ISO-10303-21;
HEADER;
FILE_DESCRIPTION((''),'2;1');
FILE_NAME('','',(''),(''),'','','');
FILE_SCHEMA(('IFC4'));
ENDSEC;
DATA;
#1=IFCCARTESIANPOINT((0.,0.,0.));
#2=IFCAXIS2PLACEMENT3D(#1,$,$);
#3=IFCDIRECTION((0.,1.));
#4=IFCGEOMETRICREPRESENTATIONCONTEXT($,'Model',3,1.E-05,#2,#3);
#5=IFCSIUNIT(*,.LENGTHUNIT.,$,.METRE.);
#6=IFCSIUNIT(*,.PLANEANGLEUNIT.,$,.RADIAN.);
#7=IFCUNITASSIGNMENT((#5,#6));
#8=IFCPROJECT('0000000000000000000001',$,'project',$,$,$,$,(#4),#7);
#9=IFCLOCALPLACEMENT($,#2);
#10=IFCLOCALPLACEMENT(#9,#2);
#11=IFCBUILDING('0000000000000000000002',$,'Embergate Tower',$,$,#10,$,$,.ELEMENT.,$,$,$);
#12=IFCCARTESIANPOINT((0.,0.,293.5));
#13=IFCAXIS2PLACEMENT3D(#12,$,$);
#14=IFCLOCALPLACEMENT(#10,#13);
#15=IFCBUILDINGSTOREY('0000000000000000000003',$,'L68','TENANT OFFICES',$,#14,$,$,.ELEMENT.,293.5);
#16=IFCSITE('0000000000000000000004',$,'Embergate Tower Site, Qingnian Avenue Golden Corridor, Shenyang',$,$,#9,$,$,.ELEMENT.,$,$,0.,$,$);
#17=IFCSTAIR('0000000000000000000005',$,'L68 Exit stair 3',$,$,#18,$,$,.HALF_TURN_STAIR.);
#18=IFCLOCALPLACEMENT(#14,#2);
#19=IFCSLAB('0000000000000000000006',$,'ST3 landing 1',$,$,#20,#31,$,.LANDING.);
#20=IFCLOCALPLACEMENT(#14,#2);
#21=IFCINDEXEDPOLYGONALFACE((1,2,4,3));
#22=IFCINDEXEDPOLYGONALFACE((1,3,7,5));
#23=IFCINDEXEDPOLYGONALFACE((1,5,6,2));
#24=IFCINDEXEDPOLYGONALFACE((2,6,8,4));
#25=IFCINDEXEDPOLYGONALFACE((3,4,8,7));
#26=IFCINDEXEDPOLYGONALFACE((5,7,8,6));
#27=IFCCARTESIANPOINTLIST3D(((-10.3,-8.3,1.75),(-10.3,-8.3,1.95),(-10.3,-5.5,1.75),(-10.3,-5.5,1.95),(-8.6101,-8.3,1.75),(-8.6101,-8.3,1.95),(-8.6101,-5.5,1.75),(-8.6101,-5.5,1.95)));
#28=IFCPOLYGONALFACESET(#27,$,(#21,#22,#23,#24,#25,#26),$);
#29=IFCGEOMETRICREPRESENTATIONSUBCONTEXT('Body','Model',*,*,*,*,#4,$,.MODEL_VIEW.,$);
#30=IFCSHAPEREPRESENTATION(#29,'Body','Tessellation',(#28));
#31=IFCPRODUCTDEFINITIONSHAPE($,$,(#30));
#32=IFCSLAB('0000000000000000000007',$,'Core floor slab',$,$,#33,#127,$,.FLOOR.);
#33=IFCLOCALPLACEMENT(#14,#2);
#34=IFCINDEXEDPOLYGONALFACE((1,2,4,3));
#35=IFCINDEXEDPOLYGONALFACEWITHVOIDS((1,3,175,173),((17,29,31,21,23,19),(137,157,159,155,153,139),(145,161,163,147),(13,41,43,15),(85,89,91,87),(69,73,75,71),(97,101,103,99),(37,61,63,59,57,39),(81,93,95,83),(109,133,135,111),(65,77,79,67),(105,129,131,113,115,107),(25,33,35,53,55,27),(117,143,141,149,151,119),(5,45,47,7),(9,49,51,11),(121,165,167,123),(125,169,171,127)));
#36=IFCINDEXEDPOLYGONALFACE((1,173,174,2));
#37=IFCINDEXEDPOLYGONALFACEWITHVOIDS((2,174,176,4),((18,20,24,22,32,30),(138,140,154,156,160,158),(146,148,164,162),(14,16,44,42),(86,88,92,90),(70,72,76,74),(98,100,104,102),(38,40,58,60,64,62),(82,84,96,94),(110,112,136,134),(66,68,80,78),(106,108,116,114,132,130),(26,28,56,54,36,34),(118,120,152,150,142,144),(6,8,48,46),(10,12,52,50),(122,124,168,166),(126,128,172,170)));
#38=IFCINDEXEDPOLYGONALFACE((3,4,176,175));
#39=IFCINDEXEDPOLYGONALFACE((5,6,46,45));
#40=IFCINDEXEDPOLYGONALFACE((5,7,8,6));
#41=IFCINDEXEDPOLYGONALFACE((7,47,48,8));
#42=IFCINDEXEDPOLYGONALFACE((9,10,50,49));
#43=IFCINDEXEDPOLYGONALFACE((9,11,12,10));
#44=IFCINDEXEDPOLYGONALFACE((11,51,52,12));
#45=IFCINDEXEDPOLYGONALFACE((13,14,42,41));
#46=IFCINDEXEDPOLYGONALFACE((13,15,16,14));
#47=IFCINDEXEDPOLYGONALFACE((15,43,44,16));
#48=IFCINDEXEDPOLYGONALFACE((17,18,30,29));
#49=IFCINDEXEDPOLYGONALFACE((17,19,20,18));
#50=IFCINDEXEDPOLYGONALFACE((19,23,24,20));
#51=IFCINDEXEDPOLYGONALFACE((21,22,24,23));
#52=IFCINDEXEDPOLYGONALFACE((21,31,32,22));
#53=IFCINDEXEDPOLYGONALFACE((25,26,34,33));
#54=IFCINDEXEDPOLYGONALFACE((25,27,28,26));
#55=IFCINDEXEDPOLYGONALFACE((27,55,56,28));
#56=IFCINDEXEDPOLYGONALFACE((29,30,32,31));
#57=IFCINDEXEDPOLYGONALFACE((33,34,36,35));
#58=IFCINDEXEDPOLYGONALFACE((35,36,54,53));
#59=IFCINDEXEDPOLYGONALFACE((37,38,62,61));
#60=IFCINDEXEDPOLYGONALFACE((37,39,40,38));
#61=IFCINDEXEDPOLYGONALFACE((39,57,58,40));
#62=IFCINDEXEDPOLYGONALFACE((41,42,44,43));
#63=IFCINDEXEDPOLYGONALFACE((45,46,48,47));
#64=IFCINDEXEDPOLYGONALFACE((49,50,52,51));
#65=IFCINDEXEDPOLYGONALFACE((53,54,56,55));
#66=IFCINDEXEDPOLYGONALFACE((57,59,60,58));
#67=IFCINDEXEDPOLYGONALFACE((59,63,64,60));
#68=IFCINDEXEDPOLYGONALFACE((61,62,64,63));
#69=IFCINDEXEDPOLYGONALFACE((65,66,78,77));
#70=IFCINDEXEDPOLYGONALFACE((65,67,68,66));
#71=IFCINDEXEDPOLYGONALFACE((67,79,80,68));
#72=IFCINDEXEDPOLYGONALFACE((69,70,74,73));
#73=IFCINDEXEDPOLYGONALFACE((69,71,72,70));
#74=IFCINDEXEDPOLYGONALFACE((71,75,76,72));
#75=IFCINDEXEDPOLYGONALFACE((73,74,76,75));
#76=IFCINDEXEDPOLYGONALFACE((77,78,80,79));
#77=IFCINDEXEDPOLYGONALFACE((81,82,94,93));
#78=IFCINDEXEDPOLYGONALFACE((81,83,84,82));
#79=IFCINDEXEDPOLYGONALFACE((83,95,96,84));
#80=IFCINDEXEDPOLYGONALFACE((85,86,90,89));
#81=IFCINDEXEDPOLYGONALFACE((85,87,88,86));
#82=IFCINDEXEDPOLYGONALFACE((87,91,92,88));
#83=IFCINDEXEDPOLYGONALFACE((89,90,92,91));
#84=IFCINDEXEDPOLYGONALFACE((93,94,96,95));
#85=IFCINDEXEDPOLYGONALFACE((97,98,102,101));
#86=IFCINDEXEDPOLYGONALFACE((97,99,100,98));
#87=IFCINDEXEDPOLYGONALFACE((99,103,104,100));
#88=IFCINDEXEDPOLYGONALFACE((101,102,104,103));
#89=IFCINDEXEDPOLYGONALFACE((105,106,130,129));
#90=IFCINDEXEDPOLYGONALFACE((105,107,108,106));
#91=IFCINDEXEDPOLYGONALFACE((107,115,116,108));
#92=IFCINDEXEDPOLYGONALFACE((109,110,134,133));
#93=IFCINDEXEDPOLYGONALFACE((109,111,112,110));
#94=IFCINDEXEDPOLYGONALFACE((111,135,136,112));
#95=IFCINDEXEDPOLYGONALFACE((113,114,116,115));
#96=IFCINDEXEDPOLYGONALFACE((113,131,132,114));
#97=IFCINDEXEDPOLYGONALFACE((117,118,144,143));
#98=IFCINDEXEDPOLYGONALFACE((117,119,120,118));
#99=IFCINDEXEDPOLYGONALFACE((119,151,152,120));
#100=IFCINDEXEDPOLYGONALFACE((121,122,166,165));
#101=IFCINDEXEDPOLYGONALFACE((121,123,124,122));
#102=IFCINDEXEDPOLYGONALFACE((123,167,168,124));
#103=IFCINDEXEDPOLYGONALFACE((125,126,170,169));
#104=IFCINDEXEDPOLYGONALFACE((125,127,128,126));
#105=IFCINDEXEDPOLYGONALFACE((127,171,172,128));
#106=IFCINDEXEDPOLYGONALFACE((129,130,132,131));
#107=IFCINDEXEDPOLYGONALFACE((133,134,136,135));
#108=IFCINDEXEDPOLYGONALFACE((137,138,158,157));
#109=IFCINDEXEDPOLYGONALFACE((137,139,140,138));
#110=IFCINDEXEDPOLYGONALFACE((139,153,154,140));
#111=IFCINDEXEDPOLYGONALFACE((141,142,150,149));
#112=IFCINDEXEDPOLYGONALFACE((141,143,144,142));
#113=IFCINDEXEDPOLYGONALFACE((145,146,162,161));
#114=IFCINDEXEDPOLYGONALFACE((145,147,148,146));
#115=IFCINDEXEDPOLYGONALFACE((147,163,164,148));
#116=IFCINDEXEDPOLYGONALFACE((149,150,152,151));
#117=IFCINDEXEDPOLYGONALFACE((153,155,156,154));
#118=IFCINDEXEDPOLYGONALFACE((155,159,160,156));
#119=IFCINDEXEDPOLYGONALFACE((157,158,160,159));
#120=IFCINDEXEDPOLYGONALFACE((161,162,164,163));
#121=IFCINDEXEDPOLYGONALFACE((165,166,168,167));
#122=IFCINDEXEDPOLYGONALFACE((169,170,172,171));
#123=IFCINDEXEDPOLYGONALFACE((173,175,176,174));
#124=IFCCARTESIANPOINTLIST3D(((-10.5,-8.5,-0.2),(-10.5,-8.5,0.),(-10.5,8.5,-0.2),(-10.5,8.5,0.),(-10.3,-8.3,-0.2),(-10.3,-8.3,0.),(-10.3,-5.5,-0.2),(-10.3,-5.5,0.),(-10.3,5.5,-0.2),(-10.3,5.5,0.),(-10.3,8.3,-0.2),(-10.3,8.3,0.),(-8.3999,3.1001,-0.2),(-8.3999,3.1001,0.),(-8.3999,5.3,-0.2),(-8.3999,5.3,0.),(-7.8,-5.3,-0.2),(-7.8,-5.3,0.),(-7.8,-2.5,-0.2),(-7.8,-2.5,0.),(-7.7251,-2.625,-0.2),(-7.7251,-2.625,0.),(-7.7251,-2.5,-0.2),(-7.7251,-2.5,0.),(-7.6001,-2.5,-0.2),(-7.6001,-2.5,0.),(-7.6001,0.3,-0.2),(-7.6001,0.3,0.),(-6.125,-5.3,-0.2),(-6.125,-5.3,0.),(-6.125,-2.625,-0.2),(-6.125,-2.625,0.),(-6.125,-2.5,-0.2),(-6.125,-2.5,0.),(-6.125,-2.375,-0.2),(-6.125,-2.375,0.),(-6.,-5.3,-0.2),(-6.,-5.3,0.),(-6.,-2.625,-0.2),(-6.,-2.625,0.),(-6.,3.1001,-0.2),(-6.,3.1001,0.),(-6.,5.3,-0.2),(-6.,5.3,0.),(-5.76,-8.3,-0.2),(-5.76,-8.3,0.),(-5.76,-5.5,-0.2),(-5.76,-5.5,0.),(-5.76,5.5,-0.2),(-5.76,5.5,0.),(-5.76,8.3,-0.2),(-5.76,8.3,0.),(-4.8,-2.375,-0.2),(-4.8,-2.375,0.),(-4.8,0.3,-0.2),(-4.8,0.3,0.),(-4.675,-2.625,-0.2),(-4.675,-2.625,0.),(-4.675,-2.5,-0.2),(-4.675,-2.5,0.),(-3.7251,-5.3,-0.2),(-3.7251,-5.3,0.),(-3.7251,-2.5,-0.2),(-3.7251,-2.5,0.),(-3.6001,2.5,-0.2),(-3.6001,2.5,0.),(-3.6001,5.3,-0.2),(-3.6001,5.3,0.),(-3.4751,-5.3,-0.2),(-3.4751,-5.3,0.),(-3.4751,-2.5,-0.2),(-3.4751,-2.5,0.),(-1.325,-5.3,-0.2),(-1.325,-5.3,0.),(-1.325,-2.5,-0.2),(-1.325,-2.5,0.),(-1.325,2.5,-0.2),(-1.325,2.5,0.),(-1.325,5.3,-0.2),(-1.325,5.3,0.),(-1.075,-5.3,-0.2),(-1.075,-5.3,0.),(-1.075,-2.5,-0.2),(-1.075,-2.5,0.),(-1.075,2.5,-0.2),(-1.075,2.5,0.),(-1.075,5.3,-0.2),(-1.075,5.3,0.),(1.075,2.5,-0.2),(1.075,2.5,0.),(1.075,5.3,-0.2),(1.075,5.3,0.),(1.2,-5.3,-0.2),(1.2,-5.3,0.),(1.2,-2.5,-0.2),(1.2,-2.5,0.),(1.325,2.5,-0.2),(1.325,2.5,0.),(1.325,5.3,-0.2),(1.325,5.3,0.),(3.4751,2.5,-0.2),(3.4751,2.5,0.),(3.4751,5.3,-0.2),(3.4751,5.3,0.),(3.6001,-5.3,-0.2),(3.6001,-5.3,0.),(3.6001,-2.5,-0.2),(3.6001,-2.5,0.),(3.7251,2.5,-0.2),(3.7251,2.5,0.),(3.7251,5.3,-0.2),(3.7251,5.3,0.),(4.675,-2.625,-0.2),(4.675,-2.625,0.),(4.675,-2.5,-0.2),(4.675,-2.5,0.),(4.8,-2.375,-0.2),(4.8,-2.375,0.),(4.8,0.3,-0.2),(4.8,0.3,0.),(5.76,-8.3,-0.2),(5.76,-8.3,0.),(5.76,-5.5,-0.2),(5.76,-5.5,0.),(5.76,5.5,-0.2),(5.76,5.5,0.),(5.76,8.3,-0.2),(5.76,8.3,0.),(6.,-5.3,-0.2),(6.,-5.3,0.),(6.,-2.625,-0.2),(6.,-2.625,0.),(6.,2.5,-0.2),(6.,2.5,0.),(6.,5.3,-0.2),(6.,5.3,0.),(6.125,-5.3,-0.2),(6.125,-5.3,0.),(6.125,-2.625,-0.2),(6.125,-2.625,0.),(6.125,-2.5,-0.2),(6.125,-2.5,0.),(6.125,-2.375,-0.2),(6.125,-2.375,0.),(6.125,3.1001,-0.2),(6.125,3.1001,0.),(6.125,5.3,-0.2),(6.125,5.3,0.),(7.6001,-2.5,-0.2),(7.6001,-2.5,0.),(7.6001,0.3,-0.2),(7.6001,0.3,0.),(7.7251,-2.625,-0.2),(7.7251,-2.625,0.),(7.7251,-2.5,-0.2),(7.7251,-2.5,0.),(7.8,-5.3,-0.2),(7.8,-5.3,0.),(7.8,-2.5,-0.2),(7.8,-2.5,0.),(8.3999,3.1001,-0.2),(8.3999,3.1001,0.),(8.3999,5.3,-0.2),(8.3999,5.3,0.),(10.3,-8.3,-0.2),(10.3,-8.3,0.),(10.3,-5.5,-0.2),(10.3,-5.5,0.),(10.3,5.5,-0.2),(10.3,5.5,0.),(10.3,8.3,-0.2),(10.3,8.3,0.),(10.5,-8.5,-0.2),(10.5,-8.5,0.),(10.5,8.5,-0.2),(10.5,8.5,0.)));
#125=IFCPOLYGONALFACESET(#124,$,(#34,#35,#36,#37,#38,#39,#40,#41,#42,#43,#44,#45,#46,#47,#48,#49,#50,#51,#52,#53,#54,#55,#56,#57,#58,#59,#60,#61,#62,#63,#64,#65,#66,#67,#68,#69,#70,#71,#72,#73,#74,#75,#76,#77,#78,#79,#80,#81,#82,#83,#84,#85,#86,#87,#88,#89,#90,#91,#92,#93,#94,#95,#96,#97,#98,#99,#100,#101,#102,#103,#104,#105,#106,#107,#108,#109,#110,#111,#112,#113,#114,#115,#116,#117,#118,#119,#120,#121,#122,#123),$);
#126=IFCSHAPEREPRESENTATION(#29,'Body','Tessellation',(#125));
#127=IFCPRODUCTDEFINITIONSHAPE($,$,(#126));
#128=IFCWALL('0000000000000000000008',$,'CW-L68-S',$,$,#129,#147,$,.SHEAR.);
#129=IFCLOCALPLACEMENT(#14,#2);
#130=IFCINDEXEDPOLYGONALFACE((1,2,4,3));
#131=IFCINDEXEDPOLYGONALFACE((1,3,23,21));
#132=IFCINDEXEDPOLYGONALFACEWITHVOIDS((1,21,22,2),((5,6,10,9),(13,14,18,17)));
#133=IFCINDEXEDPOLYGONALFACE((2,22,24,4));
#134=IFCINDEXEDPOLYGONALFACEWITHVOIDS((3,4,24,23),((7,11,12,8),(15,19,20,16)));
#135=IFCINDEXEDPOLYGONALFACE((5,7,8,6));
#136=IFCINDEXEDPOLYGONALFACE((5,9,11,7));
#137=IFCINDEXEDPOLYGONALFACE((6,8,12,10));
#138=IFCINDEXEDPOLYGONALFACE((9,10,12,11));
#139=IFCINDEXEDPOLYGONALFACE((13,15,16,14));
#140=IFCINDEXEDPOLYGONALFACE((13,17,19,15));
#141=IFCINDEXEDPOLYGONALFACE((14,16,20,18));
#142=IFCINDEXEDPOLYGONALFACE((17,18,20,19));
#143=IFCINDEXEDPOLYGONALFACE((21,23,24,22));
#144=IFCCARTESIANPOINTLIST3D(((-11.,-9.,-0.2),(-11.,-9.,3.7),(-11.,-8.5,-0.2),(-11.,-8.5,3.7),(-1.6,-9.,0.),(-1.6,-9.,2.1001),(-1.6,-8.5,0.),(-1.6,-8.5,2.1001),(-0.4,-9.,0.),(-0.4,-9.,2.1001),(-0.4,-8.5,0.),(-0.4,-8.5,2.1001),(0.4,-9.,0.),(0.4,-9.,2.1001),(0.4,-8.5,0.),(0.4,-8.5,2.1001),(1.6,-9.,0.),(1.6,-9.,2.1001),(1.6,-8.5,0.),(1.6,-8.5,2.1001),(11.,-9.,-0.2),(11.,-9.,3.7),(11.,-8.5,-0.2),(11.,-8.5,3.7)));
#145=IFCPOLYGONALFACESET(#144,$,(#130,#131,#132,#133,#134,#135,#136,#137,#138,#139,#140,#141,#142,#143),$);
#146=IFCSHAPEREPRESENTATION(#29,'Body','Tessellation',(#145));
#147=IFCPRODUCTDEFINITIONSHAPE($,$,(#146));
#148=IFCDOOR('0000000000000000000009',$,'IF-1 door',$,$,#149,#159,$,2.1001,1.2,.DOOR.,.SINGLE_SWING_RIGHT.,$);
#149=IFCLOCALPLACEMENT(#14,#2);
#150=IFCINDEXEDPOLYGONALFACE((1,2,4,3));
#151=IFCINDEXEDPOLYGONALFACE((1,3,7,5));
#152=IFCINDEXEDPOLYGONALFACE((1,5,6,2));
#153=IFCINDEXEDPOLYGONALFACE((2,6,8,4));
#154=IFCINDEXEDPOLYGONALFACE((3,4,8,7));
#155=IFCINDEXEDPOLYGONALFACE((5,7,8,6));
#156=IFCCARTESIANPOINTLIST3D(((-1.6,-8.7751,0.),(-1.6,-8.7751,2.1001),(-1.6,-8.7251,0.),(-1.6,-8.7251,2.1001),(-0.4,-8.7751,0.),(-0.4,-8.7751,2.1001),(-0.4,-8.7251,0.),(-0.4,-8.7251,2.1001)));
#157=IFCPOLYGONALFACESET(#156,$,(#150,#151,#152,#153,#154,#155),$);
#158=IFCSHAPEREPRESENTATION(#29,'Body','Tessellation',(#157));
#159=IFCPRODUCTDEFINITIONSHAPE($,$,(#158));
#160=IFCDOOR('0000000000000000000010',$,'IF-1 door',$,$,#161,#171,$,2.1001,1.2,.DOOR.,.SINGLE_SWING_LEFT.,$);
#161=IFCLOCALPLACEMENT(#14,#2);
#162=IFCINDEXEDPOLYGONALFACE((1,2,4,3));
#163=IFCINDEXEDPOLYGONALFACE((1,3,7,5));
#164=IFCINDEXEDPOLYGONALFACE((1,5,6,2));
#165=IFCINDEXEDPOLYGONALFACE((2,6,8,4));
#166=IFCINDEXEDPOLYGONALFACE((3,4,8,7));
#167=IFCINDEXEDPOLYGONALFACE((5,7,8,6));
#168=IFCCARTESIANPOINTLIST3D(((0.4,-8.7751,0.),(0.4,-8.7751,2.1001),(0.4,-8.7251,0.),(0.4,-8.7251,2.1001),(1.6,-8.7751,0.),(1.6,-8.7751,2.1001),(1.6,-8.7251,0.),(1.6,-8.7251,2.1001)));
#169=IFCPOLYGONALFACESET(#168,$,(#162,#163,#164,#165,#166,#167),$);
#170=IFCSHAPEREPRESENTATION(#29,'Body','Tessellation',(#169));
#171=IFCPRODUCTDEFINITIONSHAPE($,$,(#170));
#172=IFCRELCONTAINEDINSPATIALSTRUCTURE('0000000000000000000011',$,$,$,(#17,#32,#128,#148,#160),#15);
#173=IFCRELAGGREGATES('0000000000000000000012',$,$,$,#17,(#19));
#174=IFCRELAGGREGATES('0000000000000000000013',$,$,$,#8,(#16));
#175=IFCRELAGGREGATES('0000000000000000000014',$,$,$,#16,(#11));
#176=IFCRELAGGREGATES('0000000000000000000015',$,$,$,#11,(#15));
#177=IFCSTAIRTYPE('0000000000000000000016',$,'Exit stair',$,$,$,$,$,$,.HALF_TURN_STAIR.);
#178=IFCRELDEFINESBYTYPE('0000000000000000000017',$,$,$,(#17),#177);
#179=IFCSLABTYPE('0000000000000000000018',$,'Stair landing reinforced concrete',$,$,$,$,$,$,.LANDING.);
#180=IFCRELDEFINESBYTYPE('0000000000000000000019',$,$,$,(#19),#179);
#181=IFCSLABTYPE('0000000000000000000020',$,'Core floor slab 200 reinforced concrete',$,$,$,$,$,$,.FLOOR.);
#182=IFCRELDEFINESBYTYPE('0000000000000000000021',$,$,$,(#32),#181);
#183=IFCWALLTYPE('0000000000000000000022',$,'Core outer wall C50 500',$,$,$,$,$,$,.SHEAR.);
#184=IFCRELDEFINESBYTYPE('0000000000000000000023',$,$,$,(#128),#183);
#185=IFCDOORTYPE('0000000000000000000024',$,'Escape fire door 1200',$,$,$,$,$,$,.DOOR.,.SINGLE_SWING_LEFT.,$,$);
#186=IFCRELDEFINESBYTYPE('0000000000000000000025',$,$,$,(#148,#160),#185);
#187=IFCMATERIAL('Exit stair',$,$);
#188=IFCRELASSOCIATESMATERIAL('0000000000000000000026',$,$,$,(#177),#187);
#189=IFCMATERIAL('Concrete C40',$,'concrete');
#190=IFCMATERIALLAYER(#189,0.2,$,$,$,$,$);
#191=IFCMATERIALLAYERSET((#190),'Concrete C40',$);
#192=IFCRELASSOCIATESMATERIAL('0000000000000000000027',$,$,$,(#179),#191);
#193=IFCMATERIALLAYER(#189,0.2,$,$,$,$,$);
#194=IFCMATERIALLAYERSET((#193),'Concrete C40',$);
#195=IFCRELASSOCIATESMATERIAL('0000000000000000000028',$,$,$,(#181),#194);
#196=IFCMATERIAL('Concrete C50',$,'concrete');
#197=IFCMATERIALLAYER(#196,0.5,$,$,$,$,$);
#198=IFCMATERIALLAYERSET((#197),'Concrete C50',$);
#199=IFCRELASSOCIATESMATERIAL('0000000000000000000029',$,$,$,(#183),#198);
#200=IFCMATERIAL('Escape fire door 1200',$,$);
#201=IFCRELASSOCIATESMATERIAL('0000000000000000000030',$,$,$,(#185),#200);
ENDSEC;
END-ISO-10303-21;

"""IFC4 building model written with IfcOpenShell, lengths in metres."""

from ifc_helpers import new_model, si_unit, direction, frame, frame_2d, origin, place, context, subcontext, project, spatial, polyline, rectangle, outline, extrude, source, transform, mapped, material, layer, layer_set, type_object, element, fill, aggregate, save


model = new_model("IFC4")

# Units and contexts
model_context = context("Model", 3, precision=1e-05, world=origin(), true_north=direction((0.0, 1.0)))
body_context = subcontext(model_context, "Body", "Model", "MODEL_VIEW")
ifc_project = project(units=[si_unit("LENGTHUNIT", "METRE"), si_unit("PLANEANGLEUNIT", "RADIAN")], contexts=[model_context])

# Site, building, storey
site_placement = place(None, origin())
site = spatial("IfcSite", under=ifc_project, at=site_placement, Name="Embergate Tower Site, Qingnian Avenue Golden Corridor, Shenyang", CompositionType="ELEMENT", RefElevation=0.0)
building_placement = place(site_placement, origin())
building = spatial("IfcBuilding", under=site, at=building_placement, Name="Embergate Tower", CompositionType="ELEMENT")
storey_placement = place(building_placement, frame((0.0, 0.0, 293.5)))
storey = spatial("IfcBuildingStorey", under=building, at=storey_placement, Name="L68", Description="TENANT OFFICES", CompositionType="ELEMENT", Elevation=293.5)

# Stair, slab
ifc_material_1 = material(Name="Exit stair")
stair_type = type_object("IfcStairType", Name="Exit stair", PredefinedType="HALF_TURN_STAIR", material=ifc_material_1)
stair_placement = place(storey_placement, origin())
stair = element("IfcStair", 1, at=stair_placement, inside=storey, type_object=stair_type, Name="L68 Exit stair 3", PredefinedType="HALF_TURN_STAIR")
ifc_material_2 = material(Name="Concrete C40", Category="concrete")
ifc_layer_1 = layer(ifc_material_2, 0.2)
ifc_layer_set_1 = layer_set([ifc_layer_1], Name="Concrete C40")
slab_type_1 = type_object("IfcSlabType", Name="Stair landing reinforced concrete", PredefinedType="LANDING", material=ifc_layer_set_1)
shared_shape_1 = source(origin(), body_context, "Body", "SweptSolid", [
    extrude(outline(polyline([(0.0, 0.0), (1.6899, 0.0), (1.6899, 2.8), (0.0, 2.8), (0.0, 0.0)])), origin(), (0.0, 0.0, 1.0), 0.2),
])
slab_1_placement = place(storey_placement, frame((-10.3, -8.3, 1.75)))
slab_1 = element("IfcSlab", 2, at=slab_1_placement, type_object=slab_type_1, Name="ST3 landing 1", PredefinedType="LANDING", context=body_context, shape_type="MappedRepresentation", body=[
    mapped(shared_shape_1, transform((0.0, 0.0, 0.0))),
])

# Slab
ifc_layer_2 = layer(ifc_material_2, 0.2)
ifc_layer_set_2 = layer_set([ifc_layer_2], Name="Concrete C40")
slab_type_2 = type_object("IfcSlabType", Name="Core floor slab 200 reinforced concrete", PredefinedType="FLOOR", material=ifc_layer_set_2)
shared_shape_2 = source(origin(), body_context, "Body", "SweptSolid", [
    extrude(outline(polyline([(0.0, 0.0), (21.0, 0.0), (21.0, 17.0), (0.0, 17.0), (0.0, 0.0)]), holes=[polyline([(0.2, 0.2), (0.2, 3.0), (4.74, 3.0), (4.74, 0.2), (0.2, 0.2)]), polyline([(16.26, 0.2), (16.26, 3.0), (20.8, 3.0), (20.8, 0.2), (16.26, 0.2)]), polyline([(2.7, 3.2), (2.7, 6.0), (2.7749, 6.0), (2.7749, 5.875), (4.375, 5.875), (4.375, 3.2), (2.7, 3.2)]), polyline([(4.5, 3.2), (4.5, 5.875), (5.825, 5.875), (5.825, 6.0), (6.7749, 6.0), (6.7749, 3.2), (4.5, 3.2)]), polyline([(7.0249, 3.2), (7.0249, 6.0), (9.175, 6.0), (9.175, 3.2), (7.0249, 3.2)]), polyline([(9.425, 3.2), (9.425, 6.0), (11.7, 6.0), (11.7, 3.2), (9.425, 3.2)]), polyline([(14.1001, 3.2), (14.1001, 6.0), (15.175, 6.0), (15.175, 5.875), (16.5, 5.875), (16.5, 3.2), (14.1001, 3.2)]), polyline([(16.625, 3.2), (16.625, 5.875), (18.2251, 5.875), (18.2251, 6.0), (18.3, 6.0), (18.3, 3.2), (16.625, 3.2)]), polyline([(2.8999, 6.0), (2.8999, 8.8), (5.7, 8.8), (5.7, 6.125), (4.375, 6.125), (4.375, 6.0), (2.8999, 6.0)]), polyline([(16.625, 6.0), (16.625, 6.125), (15.3, 6.125), (15.3, 8.8), (18.1001, 8.8), (18.1001, 6.0), (16.625, 6.0)]), polyline([(6.8999, 11.0), (6.8999, 13.8), (9.175, 13.8), (9.175, 11.0), (6.8999, 11.0)]), polyline([(9.425, 11.0), (9.425, 13.8), (11.575, 13.8), (11.575, 11.0), (9.425, 11.0)]), polyline([(11.825, 11.0), (11.825, 13.8), (13.9751, 13.8), (13.9751, 11.0), (11.825, 11.0)]), polyline([(14.2251, 11.0), (14.2251, 13.8), (16.5, 13.8), (16.5, 11.0), (14.2251, 11.0)]), polyline([(2.1001, 11.6001), (2.1001, 13.8), (4.5, 13.8), (4.5, 11.6001), (2.1001, 11.6001)]), polyline([(16.625, 11.6001), (16.625, 13.8), (18.8999, 13.8), (18.8999, 11.6001), (16.625, 11.6001)]), polyline([(0.2, 14.0), (0.2, 16.8), (4.74, 16.8), (4.74, 14.0), (0.2, 14.0)]), polyline([(16.26, 14.0), (16.26, 16.8), (20.8, 16.8), (20.8, 14.0), (16.26, 14.0)])]), origin(), (0.0, 0.0, 1.0), 0.2),
])
slab_2_placement = place(storey_placement, frame((-10.5, -8.5, -0.2)))
element("IfcSlab", 3, at=slab_2_placement, inside=storey, type_object=slab_type_2, Name="Core floor slab", PredefinedType="FLOOR", context=body_context, shape_type="MappedRepresentation", body=[
    mapped(shared_shape_2, transform((0.0, 0.0, 0.0))),
])

# Wall, openings, doors
ifc_material_3 = material(Name="Concrete C50", Category="concrete")
ifc_layer_3 = layer(ifc_material_3, 0.5)
ifc_layer_set_3 = layer_set([ifc_layer_3], Name="Concrete C50")
wall_type_1 = type_object("IfcWallType", Name="Core outer wall C50 500", PredefinedType="SHEAR", material=ifc_layer_set_3)
shared_shape_3 = source(origin(), body_context, "Body", "SweptSolid", [
    extrude(rectangle(XDim=22.0, YDim=0.5, at=frame_2d((11.0, 0.0))), origin(), (0.0, 0.0, 1.0), 3.8999),
])
wall_1_placement = place(storey_placement, frame((-11.0, -8.75, -0.2), z_axis=(0.0, 0.0, 1.0), x_axis=(1.0, 0.0, 0.0)))
wall_1 = element("IfcWall", 4, at=wall_1_placement, inside=storey, type_object=wall_type_1, Name="CW-L68-S", PredefinedType="SHEAR", context=body_context, shape_type="MappedRepresentation", body=[
    mapped(shared_shape_3, transform((0.0, 0.0, 0.0))),
])
shared_shape_4 = source(origin(), body_context, "Body", "SweptSolid", [
    extrude(rectangle(XDim=1.2, YDim=2.1001, at=frame_2d((0.6001, 1.05))), frame((0.0, 0.26, 0.0), z_axis=(0.0, -1.0, 0.0), x_axis=(1.0, 0.0, 0.0)), (0.0, 0.0, 1.0), 0.52),
])
opening_1_placement = place(wall_1_placement, frame((9.3999, 0.0, 0.2)))
opening_1 = element("IfcOpeningElement", 5, at=opening_1_placement, cuts=wall_1, PredefinedType="OPENING", context=body_context, shape_type="MappedRepresentation", body=[
    mapped(shared_shape_4, transform((0.0, 0.0, 0.0))),
])
opening_2_placement = place(wall_1_placement, frame((11.3999, 0.0, 0.2)))
opening_2 = element("IfcOpeningElement", 6, at=opening_2_placement, cuts=wall_1, PredefinedType="OPENING", context=body_context, shape_type="MappedRepresentation", body=[
    mapped(shared_shape_4, transform((0.0, 0.0, 0.0))),
])
ifc_material_4 = material(Name="Escape fire door 1200")
door_type_1 = type_object("IfcDoorType", Name="Escape fire door 1200", OperationType="SINGLE_SWING_LEFT", PredefinedType="DOOR", material=ifc_material_4)
shared_shape_5 = source(origin(), body_context, "Body", "SweptSolid", [
    extrude(rectangle(XDim=1.2, YDim=2.1001, at=frame_2d((0.6001, 1.05))), frame((0.0, 0.0249, 0.0), z_axis=(0.0, -1.0, 0.0), x_axis=(1.0, 0.0, 0.0)), (0.0, 0.0, 1.0), 0.05),
])
door_1_placement = place(opening_1_placement, origin())
door_1 = element("IfcDoor", 7, at=door_1_placement, inside=storey, type_object=door_type_1, Name="IF-1 door", OperationType="SINGLE_SWING_RIGHT", OverallHeight=2.1001, OverallWidth=1.2, PredefinedType="DOOR", context=body_context, shape_type="MappedRepresentation", body=[
    mapped(shared_shape_5, transform((0.0, 0.0, 0.0))),
])
fill(opening_1, door_1)
door_2_placement = place(opening_2_placement, origin())
door_2 = element("IfcDoor", 8, at=door_2_placement, inside=storey, type_object=door_type_1, Name="IF-1 door", OperationType="SINGLE_SWING_LEFT", OverallHeight=2.1001, OverallWidth=1.2, PredefinedType="DOOR", context=body_context, shape_type="MappedRepresentation", body=[
    mapped(shared_shape_5, transform((0.0, 0.0, 0.0))),
])
fill(opening_2, door_2)

aggregate(stair, [slab_1])

save(model, "model.ifc")
